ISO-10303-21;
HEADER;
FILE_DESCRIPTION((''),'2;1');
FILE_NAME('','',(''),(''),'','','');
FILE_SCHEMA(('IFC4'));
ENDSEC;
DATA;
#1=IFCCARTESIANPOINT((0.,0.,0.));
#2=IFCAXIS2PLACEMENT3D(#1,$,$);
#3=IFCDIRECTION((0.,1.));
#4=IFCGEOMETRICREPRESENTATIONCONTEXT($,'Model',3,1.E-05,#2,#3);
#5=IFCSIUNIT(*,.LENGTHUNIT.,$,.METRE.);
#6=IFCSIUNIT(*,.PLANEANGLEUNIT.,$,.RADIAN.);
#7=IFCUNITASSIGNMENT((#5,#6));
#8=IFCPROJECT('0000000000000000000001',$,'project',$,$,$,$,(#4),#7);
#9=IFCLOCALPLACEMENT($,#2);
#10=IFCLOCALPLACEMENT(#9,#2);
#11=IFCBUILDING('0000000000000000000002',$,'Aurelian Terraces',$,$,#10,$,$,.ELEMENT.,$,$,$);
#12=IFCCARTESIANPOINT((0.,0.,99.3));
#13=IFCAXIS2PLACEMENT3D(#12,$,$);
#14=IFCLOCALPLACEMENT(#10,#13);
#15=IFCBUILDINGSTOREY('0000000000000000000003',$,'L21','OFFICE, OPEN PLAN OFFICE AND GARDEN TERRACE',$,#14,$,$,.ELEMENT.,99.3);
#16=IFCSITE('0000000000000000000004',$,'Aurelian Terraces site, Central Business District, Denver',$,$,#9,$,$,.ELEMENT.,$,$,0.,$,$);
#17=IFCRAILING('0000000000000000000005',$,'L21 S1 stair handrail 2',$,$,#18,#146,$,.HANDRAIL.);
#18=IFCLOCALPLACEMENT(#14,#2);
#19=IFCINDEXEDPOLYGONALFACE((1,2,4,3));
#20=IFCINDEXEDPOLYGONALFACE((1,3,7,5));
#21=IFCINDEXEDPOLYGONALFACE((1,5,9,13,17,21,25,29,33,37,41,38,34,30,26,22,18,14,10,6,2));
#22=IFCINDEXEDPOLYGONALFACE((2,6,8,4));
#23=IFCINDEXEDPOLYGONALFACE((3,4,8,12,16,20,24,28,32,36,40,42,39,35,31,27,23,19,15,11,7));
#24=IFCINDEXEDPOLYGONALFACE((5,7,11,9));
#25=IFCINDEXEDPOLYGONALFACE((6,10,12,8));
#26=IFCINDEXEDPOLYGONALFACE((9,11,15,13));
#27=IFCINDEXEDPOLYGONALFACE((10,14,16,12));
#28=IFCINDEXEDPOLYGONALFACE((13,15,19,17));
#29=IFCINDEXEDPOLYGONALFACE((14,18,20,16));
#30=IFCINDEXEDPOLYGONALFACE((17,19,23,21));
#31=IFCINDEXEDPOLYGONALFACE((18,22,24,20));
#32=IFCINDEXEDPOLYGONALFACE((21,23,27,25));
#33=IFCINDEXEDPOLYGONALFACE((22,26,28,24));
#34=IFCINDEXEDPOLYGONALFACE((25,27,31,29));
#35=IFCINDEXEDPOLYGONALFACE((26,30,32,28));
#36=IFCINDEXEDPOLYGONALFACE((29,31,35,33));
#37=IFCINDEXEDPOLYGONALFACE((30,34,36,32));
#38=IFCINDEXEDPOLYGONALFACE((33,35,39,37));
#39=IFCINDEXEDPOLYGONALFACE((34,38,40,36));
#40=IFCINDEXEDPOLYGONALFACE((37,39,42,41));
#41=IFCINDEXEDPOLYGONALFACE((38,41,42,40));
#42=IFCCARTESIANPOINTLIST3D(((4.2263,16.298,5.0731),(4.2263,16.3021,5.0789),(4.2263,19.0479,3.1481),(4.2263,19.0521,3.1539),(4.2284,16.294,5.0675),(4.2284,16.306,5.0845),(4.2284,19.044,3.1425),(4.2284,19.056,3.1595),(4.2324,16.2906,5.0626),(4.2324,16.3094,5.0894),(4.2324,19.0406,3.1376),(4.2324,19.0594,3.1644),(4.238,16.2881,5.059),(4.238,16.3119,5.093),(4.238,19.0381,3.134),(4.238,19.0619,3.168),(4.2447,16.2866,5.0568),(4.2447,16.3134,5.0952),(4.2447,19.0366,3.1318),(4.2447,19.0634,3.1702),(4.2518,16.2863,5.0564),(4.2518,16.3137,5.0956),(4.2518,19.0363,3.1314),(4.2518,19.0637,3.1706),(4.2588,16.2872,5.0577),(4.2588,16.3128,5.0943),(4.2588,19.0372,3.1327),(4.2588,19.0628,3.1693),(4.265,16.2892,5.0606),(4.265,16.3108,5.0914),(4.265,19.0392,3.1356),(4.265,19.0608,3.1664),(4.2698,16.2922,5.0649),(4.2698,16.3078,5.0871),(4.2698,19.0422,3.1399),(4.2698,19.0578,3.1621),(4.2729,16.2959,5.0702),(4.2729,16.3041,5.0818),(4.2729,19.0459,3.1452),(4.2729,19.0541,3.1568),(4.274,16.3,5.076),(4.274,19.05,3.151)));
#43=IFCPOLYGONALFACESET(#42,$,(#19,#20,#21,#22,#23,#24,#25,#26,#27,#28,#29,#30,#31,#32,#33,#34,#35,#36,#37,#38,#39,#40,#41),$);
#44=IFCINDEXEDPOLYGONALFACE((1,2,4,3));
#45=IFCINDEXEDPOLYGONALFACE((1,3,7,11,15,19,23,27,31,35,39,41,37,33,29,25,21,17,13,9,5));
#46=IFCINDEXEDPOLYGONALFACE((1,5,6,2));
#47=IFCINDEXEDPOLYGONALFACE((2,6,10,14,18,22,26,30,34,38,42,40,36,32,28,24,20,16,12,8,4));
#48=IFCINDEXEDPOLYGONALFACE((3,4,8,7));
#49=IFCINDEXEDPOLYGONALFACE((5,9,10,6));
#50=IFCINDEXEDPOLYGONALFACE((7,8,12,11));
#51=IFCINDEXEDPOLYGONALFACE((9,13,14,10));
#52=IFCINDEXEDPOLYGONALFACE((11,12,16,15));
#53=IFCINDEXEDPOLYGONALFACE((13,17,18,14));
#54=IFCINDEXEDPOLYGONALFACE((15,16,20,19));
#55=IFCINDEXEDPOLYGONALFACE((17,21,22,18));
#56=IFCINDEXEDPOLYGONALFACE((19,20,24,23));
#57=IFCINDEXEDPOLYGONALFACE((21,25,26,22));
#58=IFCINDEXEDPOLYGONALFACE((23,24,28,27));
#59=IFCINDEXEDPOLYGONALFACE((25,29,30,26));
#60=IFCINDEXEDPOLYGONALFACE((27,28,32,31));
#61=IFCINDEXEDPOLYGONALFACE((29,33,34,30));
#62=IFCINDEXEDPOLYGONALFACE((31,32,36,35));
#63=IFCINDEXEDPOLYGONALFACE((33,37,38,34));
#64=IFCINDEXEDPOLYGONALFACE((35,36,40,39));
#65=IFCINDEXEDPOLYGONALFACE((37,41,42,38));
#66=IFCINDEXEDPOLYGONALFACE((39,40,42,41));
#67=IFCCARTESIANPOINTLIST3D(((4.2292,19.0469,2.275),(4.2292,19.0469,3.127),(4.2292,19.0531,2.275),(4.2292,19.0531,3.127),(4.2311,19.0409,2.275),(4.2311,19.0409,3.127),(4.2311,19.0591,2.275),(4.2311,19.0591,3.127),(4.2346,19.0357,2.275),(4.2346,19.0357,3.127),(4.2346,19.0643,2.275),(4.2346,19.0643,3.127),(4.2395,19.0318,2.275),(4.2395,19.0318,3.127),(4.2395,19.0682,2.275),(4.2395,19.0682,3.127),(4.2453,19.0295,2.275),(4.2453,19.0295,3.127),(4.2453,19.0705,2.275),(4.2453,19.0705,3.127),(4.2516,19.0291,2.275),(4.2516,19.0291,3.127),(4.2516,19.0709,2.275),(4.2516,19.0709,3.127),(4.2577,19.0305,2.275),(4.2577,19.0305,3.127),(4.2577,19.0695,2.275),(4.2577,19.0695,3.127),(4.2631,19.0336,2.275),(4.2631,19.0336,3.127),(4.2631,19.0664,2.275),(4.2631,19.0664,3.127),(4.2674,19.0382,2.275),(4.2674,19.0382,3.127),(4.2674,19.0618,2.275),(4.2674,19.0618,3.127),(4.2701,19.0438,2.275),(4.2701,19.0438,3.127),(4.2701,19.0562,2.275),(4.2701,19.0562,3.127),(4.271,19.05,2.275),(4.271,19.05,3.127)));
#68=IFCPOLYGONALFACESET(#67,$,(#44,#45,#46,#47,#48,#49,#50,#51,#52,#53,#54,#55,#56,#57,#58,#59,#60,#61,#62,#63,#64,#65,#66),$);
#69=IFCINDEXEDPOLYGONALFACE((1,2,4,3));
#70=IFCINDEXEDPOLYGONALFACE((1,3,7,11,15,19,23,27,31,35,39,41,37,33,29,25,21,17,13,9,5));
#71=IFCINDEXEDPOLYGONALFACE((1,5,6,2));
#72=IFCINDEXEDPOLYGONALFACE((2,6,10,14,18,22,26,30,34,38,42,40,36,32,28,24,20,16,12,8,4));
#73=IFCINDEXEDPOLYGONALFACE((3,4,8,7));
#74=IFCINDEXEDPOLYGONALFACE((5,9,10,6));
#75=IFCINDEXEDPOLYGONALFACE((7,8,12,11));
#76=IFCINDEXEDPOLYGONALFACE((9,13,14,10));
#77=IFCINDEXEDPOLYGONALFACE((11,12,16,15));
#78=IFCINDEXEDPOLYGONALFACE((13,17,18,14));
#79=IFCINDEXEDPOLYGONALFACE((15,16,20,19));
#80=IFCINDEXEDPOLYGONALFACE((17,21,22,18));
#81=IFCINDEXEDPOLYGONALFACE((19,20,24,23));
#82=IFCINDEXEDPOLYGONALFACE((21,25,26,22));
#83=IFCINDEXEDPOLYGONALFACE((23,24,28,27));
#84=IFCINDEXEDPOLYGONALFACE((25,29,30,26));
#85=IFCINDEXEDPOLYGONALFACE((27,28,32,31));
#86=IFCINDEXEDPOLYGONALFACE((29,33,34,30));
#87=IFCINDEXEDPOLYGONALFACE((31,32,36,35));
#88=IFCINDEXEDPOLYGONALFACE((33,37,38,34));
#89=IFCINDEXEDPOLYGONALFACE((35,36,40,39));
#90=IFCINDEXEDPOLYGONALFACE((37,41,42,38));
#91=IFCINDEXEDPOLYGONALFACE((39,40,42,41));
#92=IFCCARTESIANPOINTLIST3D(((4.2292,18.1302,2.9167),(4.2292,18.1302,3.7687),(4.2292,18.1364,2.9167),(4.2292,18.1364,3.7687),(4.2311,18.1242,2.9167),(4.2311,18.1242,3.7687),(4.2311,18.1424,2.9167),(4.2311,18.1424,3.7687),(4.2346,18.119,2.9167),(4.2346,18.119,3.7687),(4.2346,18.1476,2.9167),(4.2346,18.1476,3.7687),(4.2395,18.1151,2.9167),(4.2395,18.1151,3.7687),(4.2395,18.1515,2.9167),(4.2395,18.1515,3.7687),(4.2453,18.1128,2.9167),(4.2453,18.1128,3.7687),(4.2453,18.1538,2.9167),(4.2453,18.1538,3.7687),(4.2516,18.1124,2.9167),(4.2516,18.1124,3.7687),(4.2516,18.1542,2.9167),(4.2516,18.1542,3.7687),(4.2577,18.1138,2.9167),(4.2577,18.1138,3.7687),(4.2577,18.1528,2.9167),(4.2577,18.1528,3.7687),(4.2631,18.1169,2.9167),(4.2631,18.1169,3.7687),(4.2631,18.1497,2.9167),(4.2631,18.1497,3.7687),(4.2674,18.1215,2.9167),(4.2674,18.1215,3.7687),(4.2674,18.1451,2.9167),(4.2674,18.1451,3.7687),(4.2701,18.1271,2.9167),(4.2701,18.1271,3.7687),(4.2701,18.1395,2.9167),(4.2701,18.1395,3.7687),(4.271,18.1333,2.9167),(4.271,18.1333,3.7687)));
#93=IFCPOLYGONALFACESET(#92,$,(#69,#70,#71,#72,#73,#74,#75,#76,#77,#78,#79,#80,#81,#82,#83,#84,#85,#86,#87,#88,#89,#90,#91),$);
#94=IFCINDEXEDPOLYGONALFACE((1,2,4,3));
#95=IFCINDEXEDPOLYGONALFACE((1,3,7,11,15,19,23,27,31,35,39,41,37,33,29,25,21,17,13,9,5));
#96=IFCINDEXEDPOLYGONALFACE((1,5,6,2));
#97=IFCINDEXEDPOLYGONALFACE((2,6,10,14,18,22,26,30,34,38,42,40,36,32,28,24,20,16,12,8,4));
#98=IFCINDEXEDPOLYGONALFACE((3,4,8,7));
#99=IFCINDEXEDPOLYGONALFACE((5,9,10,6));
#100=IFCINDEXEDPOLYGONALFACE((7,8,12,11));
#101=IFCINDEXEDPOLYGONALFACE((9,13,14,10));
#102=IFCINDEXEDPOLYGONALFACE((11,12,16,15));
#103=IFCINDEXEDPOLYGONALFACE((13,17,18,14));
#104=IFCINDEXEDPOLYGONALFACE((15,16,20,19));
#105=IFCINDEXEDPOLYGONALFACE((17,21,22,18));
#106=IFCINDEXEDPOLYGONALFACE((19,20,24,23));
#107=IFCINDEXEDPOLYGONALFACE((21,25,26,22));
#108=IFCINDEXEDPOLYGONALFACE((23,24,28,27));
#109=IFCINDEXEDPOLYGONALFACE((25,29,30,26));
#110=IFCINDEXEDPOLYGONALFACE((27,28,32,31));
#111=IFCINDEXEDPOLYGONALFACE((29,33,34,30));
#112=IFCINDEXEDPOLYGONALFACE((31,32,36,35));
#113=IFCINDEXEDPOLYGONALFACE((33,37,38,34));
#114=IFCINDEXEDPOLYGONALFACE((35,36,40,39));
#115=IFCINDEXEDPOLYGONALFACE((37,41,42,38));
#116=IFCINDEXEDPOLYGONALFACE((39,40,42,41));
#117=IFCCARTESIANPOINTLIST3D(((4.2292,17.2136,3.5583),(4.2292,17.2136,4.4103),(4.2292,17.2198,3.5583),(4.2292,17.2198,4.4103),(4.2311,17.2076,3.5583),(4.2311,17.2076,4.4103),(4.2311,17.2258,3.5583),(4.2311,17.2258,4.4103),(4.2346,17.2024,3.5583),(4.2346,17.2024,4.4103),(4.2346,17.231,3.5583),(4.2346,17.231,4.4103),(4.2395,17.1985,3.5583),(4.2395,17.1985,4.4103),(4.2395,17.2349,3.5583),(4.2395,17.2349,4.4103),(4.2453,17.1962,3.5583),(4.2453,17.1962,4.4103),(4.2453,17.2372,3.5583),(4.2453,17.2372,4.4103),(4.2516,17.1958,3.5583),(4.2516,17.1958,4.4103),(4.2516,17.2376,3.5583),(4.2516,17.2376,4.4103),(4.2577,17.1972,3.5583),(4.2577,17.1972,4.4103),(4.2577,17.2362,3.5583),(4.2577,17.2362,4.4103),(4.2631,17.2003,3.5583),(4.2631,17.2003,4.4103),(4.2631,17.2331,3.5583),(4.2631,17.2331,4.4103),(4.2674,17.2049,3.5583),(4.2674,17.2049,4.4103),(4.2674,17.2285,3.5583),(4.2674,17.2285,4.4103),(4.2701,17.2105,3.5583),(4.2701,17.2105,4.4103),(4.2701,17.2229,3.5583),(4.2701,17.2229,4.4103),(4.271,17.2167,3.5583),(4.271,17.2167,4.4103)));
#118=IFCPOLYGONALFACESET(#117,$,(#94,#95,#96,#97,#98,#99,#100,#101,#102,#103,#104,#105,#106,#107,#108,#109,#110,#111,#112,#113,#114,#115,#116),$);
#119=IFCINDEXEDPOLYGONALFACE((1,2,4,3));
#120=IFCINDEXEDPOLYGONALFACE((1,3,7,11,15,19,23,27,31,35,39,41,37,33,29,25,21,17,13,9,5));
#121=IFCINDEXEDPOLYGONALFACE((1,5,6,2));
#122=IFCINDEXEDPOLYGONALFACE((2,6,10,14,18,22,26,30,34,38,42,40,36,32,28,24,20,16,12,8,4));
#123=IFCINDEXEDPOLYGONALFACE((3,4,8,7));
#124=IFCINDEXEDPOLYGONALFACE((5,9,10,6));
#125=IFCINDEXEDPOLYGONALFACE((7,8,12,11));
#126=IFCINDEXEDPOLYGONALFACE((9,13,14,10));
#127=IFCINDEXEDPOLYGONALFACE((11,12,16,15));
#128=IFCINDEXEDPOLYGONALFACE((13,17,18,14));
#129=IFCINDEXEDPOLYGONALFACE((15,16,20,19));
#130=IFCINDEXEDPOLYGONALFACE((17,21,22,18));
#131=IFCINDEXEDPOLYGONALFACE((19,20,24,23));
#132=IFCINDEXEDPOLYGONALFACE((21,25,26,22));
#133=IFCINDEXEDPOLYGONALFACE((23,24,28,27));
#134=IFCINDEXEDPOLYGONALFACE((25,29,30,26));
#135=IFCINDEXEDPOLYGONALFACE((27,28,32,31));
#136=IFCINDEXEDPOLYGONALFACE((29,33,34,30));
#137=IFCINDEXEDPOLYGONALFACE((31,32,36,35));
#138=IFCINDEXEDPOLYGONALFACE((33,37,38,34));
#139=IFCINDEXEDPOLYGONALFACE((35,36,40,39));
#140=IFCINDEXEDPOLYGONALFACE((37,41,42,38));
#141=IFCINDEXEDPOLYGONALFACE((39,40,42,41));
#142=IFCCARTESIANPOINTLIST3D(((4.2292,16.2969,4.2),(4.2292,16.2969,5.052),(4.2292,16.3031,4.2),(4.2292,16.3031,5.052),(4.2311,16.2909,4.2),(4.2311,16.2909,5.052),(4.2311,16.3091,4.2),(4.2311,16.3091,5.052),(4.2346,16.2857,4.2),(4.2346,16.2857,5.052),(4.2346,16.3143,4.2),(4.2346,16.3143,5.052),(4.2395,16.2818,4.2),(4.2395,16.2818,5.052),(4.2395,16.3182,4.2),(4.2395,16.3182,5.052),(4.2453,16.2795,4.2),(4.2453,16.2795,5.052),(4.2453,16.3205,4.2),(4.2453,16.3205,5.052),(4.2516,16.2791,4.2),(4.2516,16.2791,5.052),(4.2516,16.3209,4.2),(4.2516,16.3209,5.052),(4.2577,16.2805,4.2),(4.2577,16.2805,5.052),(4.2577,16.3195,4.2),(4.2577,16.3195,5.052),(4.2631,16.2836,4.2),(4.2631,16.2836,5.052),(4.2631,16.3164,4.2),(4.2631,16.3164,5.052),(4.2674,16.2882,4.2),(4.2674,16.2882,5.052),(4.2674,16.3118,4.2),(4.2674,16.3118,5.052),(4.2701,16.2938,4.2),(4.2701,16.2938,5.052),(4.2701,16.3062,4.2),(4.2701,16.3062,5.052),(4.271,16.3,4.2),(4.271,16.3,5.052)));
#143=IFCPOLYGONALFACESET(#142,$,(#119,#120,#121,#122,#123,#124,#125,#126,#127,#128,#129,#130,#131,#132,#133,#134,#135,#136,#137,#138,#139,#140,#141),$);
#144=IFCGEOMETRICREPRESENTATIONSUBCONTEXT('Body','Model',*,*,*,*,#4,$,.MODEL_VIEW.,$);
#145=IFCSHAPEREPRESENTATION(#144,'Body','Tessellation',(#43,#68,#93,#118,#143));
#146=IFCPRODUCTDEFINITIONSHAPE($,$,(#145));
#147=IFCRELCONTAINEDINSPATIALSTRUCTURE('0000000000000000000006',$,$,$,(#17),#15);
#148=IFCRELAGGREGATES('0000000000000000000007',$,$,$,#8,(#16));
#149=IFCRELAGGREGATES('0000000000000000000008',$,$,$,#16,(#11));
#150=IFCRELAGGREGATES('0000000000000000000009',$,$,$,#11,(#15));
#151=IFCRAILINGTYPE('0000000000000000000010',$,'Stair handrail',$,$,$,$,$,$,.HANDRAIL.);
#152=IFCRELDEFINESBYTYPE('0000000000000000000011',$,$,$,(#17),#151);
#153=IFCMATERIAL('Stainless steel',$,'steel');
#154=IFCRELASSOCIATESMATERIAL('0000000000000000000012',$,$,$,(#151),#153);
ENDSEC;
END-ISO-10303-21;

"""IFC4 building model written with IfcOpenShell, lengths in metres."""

from ifc_helpers import new_model, si_unit, direction, frame, origin, origin_2d, place, context, subcontext, project, spatial, circle, extrude, source, transform, mapped, material, type_object, element, save


model = new_model("IFC4")

# Units and contexts
model_context = context("Model", 3, precision=1e-05, world=origin(), true_north=direction((0.0, 1.0)))
body_context = subcontext(model_context, "Body", "Model", "MODEL_VIEW")
ifc_project = project(units=[si_unit("LENGTHUNIT", "METRE"), si_unit("PLANEANGLEUNIT", "RADIAN")], contexts=[model_context])

# Site, building, storey
site_placement = place(None, origin())
site = spatial("IfcSite", under=ifc_project, at=site_placement, Name="Aurelian Terraces site, Central Business District, Denver", CompositionType="ELEMENT", RefElevation=0.0)
building_placement = place(site_placement, origin())
building = spatial("IfcBuilding", under=site, at=building_placement, Name="Aurelian Terraces", CompositionType="ELEMENT")
storey_placement = place(building_placement, frame((0.0, 0.0, 99.3)))
storey = spatial("IfcBuildingStorey", under=building, at=storey_placement, Name="L21", Description="OFFICE, OPEN PLAN OFFICE AND GARDEN TERRACE", CompositionType="ELEMENT", Elevation=99.3)

# Shared definitions
ifc_material_1 = material(Name="Stainless steel", Category="steel")

# Railing
railing_type_1 = type_object("IfcRailingType", Name="Stair handrail", PredefinedType="HANDRAIL", material=ifc_material_1)
shared_shape_1 = source(origin(), body_context, "Body", "SweptSolid", [
    extrude(circle(Radius=0.024, at=origin_2d()), frame((0.0, 0.0, 0.876), z_axis=(0.0, -0.819232, 0.573462), x_axis=(1.0, 0.0, 0.0)), (0.0, 0.0, 1.0), 3.3568),
    extrude(circle(Radius=0.021, at=origin_2d()), origin(), (0.0, 0.0, 1.0), 0.852),
    extrude(circle(Radius=0.021, at=origin_2d()), frame((0.0, -0.9167, 0.6417)), (0.0, 0.0, 1.0), 0.852),
    extrude(circle(Radius=0.021, at=origin_2d()), frame((0.0, -1.8333, 1.2833)), (0.0, 0.0, 1.0), 0.852),
    extrude(circle(Radius=0.021, at=origin_2d()), frame((0.0, -2.75, 1.925)), (0.0, 0.0, 1.0), 0.852),
])
railing_1_placement = place(storey_placement, frame((4.25, 19.05, 2.275)))
element("IfcRailing", 1, at=railing_1_placement, inside=storey, type_object=railing_type_1, Name="L21 S1 stair handrail 2", PredefinedType="HANDRAIL", context=body_context, shape_type="MappedRepresentation", body=[
    mapped(shared_shape_1, transform((0.0, 0.0, 0.0), scale=1.0)),
])

save(model, "model.ifc")
